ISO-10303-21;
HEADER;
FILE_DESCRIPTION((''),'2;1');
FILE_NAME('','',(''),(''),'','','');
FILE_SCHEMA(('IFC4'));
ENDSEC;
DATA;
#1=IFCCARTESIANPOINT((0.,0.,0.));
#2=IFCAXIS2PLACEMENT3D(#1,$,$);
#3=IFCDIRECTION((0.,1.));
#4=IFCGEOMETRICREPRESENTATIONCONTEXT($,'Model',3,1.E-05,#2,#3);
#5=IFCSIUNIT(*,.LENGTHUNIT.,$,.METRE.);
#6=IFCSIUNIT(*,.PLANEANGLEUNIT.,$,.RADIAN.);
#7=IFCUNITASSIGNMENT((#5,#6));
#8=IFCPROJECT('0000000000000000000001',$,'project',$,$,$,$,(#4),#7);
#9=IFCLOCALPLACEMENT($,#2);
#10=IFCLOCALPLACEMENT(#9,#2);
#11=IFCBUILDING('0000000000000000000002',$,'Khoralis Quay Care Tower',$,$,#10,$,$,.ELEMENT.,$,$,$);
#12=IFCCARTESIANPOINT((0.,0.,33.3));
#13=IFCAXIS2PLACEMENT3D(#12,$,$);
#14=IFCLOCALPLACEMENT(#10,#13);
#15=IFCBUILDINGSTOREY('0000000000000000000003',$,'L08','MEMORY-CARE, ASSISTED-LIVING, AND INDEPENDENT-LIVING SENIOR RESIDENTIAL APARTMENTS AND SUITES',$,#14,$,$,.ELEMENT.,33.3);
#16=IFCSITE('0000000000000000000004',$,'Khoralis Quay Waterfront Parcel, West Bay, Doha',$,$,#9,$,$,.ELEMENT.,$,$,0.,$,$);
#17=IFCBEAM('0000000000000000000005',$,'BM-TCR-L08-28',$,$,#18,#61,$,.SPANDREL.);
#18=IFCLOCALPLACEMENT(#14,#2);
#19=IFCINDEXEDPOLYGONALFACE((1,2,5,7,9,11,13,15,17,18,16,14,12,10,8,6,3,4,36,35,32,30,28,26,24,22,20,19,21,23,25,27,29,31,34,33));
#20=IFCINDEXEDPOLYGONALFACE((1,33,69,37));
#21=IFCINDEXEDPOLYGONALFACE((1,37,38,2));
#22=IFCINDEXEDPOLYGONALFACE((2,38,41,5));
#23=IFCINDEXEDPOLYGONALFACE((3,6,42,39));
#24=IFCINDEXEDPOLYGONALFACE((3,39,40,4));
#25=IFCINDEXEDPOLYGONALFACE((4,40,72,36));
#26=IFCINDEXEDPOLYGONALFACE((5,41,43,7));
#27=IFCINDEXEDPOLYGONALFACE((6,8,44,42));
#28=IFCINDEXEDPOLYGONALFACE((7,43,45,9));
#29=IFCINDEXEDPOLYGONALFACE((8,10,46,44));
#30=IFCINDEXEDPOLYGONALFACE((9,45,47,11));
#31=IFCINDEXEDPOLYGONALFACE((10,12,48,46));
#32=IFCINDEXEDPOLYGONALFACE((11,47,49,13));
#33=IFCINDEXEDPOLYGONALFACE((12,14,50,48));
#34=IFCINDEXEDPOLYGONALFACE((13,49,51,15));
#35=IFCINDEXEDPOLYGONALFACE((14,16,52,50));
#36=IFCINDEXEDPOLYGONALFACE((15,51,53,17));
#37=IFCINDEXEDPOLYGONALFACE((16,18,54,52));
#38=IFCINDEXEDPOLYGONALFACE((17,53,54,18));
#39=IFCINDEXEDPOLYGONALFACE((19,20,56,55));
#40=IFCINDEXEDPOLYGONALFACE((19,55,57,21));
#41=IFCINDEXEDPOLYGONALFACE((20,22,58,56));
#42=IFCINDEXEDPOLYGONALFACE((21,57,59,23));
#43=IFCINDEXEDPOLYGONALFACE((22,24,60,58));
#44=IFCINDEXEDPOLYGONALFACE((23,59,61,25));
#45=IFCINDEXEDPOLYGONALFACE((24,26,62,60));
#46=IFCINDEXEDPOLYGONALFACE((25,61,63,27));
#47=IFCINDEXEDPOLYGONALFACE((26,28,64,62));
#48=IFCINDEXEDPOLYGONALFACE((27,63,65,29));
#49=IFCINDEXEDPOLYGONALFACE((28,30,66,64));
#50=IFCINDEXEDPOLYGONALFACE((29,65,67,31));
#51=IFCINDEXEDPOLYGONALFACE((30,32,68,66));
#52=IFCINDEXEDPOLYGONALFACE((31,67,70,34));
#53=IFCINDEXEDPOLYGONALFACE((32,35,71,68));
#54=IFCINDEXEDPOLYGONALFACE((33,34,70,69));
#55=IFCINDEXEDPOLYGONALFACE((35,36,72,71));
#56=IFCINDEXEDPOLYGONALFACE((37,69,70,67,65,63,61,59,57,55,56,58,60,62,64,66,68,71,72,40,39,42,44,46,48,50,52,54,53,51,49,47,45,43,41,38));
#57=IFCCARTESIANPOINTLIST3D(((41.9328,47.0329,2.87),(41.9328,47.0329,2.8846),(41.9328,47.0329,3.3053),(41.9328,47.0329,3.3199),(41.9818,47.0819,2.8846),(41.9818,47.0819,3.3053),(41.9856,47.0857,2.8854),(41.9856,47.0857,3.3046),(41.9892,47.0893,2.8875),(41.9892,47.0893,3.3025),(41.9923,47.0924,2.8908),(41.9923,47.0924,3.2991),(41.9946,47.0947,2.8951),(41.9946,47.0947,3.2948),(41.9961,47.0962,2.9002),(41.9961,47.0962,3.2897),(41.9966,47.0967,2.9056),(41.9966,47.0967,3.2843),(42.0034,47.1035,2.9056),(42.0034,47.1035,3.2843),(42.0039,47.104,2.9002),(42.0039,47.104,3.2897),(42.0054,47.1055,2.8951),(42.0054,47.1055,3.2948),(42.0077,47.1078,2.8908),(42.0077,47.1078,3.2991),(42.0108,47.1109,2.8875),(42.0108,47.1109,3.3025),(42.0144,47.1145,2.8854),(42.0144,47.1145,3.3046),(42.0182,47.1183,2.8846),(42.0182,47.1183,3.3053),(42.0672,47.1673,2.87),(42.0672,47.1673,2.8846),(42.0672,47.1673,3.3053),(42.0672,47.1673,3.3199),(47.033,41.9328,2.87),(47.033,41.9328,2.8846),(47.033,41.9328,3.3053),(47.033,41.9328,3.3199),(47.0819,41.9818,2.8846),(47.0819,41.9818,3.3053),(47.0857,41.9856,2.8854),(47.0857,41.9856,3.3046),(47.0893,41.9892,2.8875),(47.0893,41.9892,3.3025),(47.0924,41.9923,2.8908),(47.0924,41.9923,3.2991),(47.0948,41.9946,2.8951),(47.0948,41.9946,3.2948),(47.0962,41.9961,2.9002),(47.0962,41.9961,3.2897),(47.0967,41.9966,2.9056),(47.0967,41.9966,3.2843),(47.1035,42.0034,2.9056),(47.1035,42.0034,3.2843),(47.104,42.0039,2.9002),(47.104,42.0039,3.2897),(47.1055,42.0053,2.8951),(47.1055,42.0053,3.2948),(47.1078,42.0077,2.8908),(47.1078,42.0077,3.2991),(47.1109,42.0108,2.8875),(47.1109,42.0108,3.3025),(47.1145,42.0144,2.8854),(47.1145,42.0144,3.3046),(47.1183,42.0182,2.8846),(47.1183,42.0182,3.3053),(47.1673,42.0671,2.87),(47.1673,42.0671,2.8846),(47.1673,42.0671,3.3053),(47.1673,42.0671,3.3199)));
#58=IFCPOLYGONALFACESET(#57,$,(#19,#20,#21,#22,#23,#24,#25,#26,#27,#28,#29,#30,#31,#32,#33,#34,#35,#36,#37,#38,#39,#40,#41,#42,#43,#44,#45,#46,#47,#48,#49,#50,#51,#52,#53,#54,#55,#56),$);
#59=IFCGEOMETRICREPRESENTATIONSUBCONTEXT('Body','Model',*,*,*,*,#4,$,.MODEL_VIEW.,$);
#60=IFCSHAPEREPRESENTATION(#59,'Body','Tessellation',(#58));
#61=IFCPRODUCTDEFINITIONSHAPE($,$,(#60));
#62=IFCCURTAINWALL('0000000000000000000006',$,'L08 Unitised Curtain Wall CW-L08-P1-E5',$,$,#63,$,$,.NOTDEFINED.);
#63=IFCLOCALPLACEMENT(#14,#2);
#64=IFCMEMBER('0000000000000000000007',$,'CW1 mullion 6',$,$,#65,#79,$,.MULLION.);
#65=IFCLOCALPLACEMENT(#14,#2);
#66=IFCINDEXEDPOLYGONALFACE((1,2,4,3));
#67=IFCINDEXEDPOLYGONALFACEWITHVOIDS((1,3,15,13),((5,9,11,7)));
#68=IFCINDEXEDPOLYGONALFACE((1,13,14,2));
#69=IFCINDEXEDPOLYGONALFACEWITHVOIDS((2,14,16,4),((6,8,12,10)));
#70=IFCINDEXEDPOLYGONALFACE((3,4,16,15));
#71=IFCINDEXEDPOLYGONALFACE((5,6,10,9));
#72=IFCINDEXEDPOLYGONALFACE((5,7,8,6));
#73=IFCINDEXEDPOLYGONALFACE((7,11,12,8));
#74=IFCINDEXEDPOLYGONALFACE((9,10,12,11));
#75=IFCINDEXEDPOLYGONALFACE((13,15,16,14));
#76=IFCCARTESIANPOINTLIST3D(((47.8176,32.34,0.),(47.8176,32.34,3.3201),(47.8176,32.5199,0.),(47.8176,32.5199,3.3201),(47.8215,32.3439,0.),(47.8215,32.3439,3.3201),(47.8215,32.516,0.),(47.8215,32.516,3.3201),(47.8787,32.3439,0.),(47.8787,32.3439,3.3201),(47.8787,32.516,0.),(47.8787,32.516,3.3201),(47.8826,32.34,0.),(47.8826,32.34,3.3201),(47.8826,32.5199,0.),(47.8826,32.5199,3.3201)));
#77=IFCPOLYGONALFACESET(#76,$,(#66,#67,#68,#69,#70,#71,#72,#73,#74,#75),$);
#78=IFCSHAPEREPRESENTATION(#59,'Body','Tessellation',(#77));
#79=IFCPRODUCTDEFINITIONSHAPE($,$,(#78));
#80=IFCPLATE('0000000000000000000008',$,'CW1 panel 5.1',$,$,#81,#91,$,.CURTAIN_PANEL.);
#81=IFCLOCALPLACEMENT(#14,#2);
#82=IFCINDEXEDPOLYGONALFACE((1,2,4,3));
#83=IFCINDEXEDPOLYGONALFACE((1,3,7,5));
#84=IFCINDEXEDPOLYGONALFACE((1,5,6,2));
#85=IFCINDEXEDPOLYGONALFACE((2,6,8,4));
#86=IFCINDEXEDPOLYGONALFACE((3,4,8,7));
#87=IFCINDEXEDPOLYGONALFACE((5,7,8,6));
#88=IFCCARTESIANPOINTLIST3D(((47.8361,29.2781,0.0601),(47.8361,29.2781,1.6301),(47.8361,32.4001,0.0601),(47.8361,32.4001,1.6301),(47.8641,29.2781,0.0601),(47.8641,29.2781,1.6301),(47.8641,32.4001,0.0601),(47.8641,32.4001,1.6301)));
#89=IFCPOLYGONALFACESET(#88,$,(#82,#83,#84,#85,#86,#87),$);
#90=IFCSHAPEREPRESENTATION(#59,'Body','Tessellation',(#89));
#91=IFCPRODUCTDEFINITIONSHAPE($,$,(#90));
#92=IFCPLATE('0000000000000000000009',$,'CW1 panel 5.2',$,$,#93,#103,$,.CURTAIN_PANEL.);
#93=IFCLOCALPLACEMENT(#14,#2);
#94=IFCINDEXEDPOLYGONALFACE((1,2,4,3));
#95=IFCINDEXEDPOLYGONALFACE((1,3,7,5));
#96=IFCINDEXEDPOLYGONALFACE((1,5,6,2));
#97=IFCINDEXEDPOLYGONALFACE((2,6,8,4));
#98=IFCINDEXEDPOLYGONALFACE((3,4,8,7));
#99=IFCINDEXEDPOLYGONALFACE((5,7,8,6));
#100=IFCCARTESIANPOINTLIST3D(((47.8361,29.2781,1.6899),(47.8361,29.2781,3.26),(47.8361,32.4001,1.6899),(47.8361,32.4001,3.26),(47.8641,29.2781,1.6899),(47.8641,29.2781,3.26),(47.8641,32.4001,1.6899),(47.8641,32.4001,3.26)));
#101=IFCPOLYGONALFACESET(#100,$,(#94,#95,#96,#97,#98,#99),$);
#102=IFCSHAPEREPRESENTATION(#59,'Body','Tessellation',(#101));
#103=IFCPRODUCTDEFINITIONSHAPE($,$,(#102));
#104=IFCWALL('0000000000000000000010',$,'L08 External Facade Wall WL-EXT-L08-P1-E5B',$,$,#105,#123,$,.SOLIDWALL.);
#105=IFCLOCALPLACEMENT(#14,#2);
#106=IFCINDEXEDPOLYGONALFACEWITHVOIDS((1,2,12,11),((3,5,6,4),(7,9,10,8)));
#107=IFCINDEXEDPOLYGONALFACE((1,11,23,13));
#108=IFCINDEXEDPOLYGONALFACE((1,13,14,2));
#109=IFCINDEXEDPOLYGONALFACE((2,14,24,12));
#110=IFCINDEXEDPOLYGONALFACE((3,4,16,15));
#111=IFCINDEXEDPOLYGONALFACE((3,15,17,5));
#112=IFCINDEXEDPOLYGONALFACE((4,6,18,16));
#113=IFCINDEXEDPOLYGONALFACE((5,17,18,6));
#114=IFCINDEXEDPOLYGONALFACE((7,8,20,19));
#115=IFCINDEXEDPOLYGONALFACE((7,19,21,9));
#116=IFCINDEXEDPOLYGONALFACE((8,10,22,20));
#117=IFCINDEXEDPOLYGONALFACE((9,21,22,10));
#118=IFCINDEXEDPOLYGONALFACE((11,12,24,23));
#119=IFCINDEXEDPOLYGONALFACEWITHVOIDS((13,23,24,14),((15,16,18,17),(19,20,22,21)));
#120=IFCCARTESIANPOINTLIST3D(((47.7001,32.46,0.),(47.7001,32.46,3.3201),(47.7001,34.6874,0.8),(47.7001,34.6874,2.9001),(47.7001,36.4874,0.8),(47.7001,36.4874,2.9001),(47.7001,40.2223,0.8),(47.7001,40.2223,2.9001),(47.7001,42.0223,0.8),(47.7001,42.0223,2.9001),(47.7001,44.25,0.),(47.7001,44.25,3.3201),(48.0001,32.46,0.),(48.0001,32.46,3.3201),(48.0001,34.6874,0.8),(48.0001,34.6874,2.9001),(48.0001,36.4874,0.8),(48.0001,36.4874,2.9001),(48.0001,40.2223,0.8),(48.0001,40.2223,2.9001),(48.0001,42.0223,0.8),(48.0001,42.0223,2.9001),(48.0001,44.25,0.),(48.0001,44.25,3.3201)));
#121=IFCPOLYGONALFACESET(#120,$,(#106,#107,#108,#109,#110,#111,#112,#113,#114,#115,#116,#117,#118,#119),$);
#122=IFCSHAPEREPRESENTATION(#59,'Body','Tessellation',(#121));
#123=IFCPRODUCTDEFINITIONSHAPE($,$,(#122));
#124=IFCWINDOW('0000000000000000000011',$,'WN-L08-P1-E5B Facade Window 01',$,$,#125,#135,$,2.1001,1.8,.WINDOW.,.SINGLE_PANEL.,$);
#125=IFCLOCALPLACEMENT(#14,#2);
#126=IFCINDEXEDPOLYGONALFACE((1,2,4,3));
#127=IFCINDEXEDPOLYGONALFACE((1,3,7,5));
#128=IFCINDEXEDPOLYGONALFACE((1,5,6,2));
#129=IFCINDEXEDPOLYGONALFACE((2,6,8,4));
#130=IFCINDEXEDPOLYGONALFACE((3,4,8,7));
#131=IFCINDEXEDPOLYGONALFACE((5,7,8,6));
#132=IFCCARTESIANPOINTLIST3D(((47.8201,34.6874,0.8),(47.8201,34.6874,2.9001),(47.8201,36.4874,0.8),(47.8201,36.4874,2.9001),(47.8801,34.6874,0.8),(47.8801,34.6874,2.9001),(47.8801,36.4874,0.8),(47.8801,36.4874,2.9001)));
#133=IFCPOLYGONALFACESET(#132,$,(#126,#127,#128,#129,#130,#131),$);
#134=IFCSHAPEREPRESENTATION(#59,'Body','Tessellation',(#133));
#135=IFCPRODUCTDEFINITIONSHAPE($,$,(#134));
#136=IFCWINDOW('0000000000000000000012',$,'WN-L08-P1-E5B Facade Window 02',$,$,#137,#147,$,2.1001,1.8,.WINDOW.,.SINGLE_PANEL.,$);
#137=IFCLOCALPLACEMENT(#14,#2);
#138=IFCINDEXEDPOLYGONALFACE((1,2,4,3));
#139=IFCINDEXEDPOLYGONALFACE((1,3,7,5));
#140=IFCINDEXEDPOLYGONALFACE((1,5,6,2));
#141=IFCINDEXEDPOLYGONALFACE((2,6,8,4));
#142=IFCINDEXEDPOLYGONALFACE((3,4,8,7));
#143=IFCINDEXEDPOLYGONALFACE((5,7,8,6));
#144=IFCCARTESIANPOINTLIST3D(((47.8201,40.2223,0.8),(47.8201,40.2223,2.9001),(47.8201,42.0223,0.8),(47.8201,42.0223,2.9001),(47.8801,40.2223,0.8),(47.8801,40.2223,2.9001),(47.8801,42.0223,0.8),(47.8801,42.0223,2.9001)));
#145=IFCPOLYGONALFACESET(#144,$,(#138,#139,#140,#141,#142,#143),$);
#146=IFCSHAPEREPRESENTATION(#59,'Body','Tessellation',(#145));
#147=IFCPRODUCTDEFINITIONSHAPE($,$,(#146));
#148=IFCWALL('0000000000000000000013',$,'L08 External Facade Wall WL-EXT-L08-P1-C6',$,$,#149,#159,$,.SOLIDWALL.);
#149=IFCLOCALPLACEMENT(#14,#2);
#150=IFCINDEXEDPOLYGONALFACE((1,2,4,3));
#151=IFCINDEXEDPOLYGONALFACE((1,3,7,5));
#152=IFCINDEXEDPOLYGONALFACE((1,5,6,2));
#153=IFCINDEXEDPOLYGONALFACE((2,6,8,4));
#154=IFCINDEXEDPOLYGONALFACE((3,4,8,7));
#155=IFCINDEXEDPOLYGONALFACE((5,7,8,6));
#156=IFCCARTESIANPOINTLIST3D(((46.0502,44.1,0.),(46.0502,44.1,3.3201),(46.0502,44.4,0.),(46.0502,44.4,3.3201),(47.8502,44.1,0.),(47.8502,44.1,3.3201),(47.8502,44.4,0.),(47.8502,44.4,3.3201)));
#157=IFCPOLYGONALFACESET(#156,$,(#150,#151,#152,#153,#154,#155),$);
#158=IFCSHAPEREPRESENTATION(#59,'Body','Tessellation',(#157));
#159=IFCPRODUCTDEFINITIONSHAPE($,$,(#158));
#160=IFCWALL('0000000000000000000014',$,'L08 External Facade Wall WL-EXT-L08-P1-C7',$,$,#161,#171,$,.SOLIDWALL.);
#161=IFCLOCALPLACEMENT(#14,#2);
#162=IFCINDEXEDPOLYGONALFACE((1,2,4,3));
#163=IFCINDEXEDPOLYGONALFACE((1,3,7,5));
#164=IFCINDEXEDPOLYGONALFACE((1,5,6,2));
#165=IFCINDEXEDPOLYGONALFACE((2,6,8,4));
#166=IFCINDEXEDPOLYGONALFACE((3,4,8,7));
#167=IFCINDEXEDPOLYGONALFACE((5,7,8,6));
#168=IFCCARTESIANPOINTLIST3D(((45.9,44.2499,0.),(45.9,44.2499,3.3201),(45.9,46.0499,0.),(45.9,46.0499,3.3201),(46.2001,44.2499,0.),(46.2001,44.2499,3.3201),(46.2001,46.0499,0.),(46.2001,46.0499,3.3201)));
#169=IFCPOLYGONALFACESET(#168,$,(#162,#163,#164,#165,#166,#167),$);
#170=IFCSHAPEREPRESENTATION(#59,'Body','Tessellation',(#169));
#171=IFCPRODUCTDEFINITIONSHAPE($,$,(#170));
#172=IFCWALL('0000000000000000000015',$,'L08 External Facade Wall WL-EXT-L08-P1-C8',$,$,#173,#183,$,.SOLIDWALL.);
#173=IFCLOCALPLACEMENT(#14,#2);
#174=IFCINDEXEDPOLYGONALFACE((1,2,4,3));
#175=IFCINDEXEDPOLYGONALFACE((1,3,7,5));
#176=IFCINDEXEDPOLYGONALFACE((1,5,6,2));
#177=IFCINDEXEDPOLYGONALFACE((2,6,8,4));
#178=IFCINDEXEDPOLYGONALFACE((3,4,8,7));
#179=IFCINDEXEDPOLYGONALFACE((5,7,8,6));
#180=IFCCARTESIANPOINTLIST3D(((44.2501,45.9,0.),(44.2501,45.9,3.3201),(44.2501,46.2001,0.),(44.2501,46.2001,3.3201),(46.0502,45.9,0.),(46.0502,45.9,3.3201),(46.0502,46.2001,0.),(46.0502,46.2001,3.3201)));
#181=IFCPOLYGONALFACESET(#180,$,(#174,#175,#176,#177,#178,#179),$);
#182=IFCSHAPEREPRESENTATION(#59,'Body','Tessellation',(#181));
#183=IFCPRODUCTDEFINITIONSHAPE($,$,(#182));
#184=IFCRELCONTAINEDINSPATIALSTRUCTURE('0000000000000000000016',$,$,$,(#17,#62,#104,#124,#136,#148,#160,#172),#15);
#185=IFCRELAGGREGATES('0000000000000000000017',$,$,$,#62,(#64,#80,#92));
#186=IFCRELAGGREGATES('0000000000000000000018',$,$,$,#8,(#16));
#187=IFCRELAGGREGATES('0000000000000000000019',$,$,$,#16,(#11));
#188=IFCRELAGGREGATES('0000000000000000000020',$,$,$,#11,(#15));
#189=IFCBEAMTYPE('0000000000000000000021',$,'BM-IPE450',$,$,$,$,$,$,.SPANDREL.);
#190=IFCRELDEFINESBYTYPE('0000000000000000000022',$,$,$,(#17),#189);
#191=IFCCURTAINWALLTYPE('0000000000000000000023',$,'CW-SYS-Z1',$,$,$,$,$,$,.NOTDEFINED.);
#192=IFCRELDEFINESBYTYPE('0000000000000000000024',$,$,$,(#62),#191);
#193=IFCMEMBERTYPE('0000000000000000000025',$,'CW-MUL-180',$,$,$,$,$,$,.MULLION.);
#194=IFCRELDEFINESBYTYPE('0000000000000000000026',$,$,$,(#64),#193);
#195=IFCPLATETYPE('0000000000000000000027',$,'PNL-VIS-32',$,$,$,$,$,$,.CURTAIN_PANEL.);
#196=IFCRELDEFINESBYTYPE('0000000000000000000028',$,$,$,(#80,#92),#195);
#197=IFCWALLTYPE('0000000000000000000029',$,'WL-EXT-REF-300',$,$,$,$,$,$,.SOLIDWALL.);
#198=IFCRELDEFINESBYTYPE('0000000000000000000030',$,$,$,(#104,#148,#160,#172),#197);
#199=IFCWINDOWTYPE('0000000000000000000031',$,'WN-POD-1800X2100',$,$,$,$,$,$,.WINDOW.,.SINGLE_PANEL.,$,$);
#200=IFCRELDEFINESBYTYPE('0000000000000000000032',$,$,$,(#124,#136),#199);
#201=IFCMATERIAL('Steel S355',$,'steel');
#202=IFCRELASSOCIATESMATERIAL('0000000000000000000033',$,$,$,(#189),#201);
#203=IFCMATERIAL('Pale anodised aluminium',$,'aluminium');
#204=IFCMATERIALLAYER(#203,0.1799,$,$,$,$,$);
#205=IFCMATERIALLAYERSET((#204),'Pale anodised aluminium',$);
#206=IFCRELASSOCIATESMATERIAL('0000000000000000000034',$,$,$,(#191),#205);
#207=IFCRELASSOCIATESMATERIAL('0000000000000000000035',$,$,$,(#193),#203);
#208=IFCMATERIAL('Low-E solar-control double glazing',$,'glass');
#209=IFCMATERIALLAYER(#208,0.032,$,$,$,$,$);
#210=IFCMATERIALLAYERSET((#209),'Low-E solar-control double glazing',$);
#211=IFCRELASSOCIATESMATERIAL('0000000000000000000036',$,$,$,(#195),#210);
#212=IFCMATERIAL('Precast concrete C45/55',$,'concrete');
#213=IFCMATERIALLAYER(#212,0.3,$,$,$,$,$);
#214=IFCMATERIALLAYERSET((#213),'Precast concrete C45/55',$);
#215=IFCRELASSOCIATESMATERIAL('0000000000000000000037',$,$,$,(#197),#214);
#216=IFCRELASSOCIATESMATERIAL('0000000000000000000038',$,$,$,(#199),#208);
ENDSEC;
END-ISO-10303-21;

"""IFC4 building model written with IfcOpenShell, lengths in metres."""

from ifc_helpers import new_model, si_unit, direction, frame, frame_2d, origin, origin_2d, place, context, subcontext, project, spatial, rectangle, hollow_rectangle, i_section, extrude, source, transform, mapped, material, layer, layer_set, material_profile, profile_set, type_object, element, fill, aggregate, save


model = new_model("IFC4")

# Units and contexts
model_context = context("Model", 3, precision=1e-05, world=origin(), true_north=direction((0.0, 1.0)))
body_context = subcontext(model_context, "Body", "Model", "MODEL_VIEW")
ifc_project = project(units=[si_unit("LENGTHUNIT", "METRE"), si_unit("PLANEANGLEUNIT", "RADIAN")], contexts=[model_context])

# Site, building, storey
site_placement = place(None, origin())
site = spatial("IfcSite", under=ifc_project, at=site_placement, Name="Khoralis Quay Waterfront Parcel, West Bay, Doha", CompositionType="ELEMENT", RefElevation=0.0)
building_placement = place(site_placement, origin())
building = spatial("IfcBuilding", under=site, at=building_placement, Name="Khoralis Quay Care Tower", CompositionType="ELEMENT")
storey_placement = place(building_placement, frame((0.0, 0.0, 33.3)))
storey = spatial("IfcBuildingStorey", under=building, at=storey_placement, Name="L08", Description="MEMORY-CARE, ASSISTED-LIVING, AND INDEPENDENT-LIVING SENIOR RESIDENTIAL APARTMENTS AND SUITES", CompositionType="ELEMENT", Elevation=33.3)

# Beam
ifc_material_1 = material(Name="Steel S355", Category="steel")
ifc_material_profile_1 = material_profile(ifc_material_1, i_section(OverallWidth=0.1899, OverallDepth=0.45, WebThickness=0.0095, FlangeThickness=0.0146, FilletRadius=0.021, at=origin_2d()), Name="Steel S355")
ifc_profile_set_1 = profile_set([ifc_material_profile_1], Name="Steel S355")
beam_type = type_object("IfcBeamType", Name="BM-IPE450", PredefinedType="SPANDREL", material=ifc_profile_set_1)
shared_shape_1 = source(origin(), body_context, "Body", "SweptSolid", [
    extrude(i_section(OverallWidth=0.1899, OverallDepth=0.45, WebThickness=0.0095, FlangeThickness=0.0146, FilletRadius=0.021, at=origin_2d()), origin(), (0.0, 0.0, 1.0), 7.2126),
])
beam_placement = place(storey_placement, frame((42.0, 47.1001, 3.095), z_axis=(0.707107, -0.707107, 0.0), x_axis=(0.707107, 0.707107, 0.0)))
element("IfcBeam", 1, at=beam_placement, inside=storey, type_object=beam_type, Name="BM-TCR-L08-28", PredefinedType="SPANDREL", context=body_context, shape_type="MappedRepresentation", body=[
    mapped(shared_shape_1, transform((0.0, 0.0, 0.0), scale=1.0)),
])

# Curtain wall, member, plates
ifc_material_2 = material(Name="Pale anodised aluminium", Category="aluminium")
ifc_layer_1 = layer(ifc_material_2, 0.1799)
ifc_layer_set_1 = layer_set([ifc_layer_1], Name="Pale anodised aluminium")
curtain_wall_type = type_object("IfcCurtainWallType", Name="CW-SYS-Z1", PredefinedType="NOTDEFINED", material=ifc_layer_set_1)
curtain_wall_placement = place(storey_placement, origin())
curtain_wall = element("IfcCurtainWall", 2, at=curtain_wall_placement, inside=storey, type_object=curtain_wall_type, Name="L08 Unitised Curtain Wall CW-L08-P1-E5", PredefinedType="NOTDEFINED")
ifc_material_profile_2 = material_profile(ifc_material_2, hollow_rectangle(XDim=0.0649, YDim=0.1799, WallThickness=0.0039, at=origin_2d()), Name="Pale anodised aluminium")
ifc_profile_set_2 = profile_set([ifc_material_profile_2], Name="Pale anodised aluminium")
member_type = type_object("IfcMemberType", Name="CW-MUL-180", PredefinedType="MULLION", material=ifc_profile_set_2)
shared_shape_2 = source(origin(), body_context, "Body", "SweptSolid", [
    extrude(hollow_rectangle(XDim=0.0649, YDim=0.1799, WallThickness=0.0039, at=origin_2d()), origin(), (0.0, 0.0, 1.0), 3.3201),
])
member_placement = place(storey_placement, frame((47.8501, 32.4299, 0.0), z_axis=(0.0, 0.0, 1.0), x_axis=(-1.0, 0.0, 0.0)))
member = element("IfcMember", 3, at=member_placement, type_object=member_type, Name="CW1 mullion 6", PredefinedType="MULLION", context=body_context, shape_type="MappedRepresentation", body=[
    mapped(shared_shape_2, transform((0.0, 0.0, 0.0), scale=1.0)),
])
ifc_material_3 = material(Name="Low-E solar-control double glazing", Category="glass")
ifc_layer_2 = layer(ifc_material_3, 0.032)
ifc_layer_set_2 = layer_set([ifc_layer_2], Name="Low-E solar-control double glazing")
plate_type = type_object("IfcPlateType", Name="PNL-VIS-32", PredefinedType="CURTAIN_PANEL", material=ifc_layer_set_2)
shared_shape_3 = source(origin(), body_context, "Body", "SweptSolid", [
    extrude(rectangle(XDim=3.1221, YDim=0.0281, at=origin_2d()), origin(), (0.0, 0.0, 1.0), 1.5701),
])
plate_1_placement = place(storey_placement, frame((47.8501, 30.8391, 0.0601), z_axis=(0.0, 0.0, 1.0), x_axis=(0.0, 1.0, 0.0)))
plate_1 = element("IfcPlate", 4, at=plate_1_placement, type_object=plate_type, Name="CW1 panel 5.1", PredefinedType="CURTAIN_PANEL", context=body_context, shape_type="MappedRepresentation", body=[
    mapped(shared_shape_3, transform((0.0, 0.0, 0.0), scale=1.0)),
])
plate_2_placement = place(storey_placement, frame((47.8501, 30.8391, 1.6899), z_axis=(0.0, 0.0, 1.0), x_axis=(0.0, 1.0, 0.0)))
plate_2 = element("IfcPlate", 5, at=plate_2_placement, type_object=plate_type, Name="CW1 panel 5.2", PredefinedType="CURTAIN_PANEL", context=body_context, shape_type="MappedRepresentation", body=[
    mapped(shared_shape_3, transform((0.0, 0.0, 0.0), scale=1.0)),
])
aggregate(curtain_wall, [member, plate_1, plate_2])

# Wall, openings, windows
ifc_material_4 = material(Name="Precast concrete C45/55", Category="concrete")
ifc_layer_3 = layer(ifc_material_4, 0.3)
ifc_layer_set_3 = layer_set([ifc_layer_3], Name="Precast concrete C45/55")
wall_type_1 = type_object("IfcWallType", Name="WL-EXT-REF-300", PredefinedType="SOLIDWALL", material=ifc_layer_set_3)
wall_1_placement = place(storey_placement, frame((47.8501, 32.46, 0.0), z_axis=(0.0, 0.0, 1.0), x_axis=(0.0, 1.0, 0.0)))
wall_1 = element("IfcWall", 6, at=wall_1_placement, inside=storey, type_object=wall_type_1, Name="L08 External Facade Wall WL-EXT-L08-P1-E5B", PredefinedType="SOLIDWALL", context=body_context, shape_type="SweptSolid", body=[
    extrude(rectangle(XDim=11.79, YDim=0.3, at=frame_2d((5.895, 0.0))), origin(), (0.0, 0.0, 1.0), 3.3201),
])
opening_1_placement = place(wall_1_placement, frame((2.2275, 0.0, 0.8)))
opening_1 = element("IfcOpeningElement", 7, at=opening_1_placement, cuts=wall_1, PredefinedType="OPENING", context=body_context, shape_type="SweptSolid", body=[
    extrude(rectangle(XDim=1.8, YDim=2.1001, at=frame_2d((0.8999, 1.05))), frame((0.0, 0.1602, 0.0), z_axis=(0.0, -1.0, 0.0), x_axis=(1.0, 0.0, 0.0)), (0.0, 0.0, 1.0), 0.3201),
])
opening_2_placement = place(wall_1_placement, frame((7.7625, 0.0, 0.8)))
opening_2 = element("IfcOpeningElement", 8, at=opening_2_placement, cuts=wall_1, PredefinedType="OPENING", context=body_context, shape_type="SweptSolid", body=[
    extrude(rectangle(XDim=1.8, YDim=2.1001, at=frame_2d((0.8999, 1.05))), frame((0.0, 0.1602, 0.0), z_axis=(0.0, -1.0, 0.0), x_axis=(1.0, 0.0, 0.0)), (0.0, 0.0, 1.0), 0.3201),
])
window_type = type_object("IfcWindowType", Name="WN-POD-1800X2100", PartitioningType="SINGLE_PANEL", PredefinedType="WINDOW", material=ifc_material_3)
shared_shape_4 = source(origin(), body_context, "Body", "SweptSolid", [
    extrude(rectangle(XDim=1.8, YDim=2.1001, at=frame_2d((0.8999, 1.05))), frame((0.0, 0.03, 0.0), z_axis=(0.0, -1.0, 0.0), x_axis=(1.0, 0.0, 0.0)), (0.0, 0.0, 1.0), 0.0601),
])
window_1_placement = place(opening_1_placement, origin())
window_1 = element("IfcWindow", 9, at=window_1_placement, inside=storey, type_object=window_type, Name="WN-L08-P1-E5B Facade Window 01", OverallHeight=2.1001, OverallWidth=1.8, PartitioningType="SINGLE_PANEL", PredefinedType="WINDOW", context=body_context, shape_type="MappedRepresentation", body=[
    mapped(shared_shape_4, transform((0.0, 0.0, 0.0), scale=1.0)),
])
fill(opening_1, window_1)
window_2_placement = place(opening_2_placement, origin())
window_2 = element("IfcWindow", 10, at=window_2_placement, inside=storey, type_object=window_type, Name="WN-L08-P1-E5B Facade Window 02", OverallHeight=2.1001, OverallWidth=1.8, PartitioningType="SINGLE_PANEL", PredefinedType="WINDOW", context=body_context, shape_type="MappedRepresentation", body=[
    mapped(shared_shape_4, transform((0.0, 0.0, 0.0), scale=1.0)),
])
fill(opening_2, window_2)

# Walls
for number, where, z_axis, x_axis, name in (
    (11, (47.8501, 44.25, 0.0), (0.0, 0.0, 1.0), (-1.0, 0.0, 0.0), "L08 External Facade Wall WL-EXT-L08-P1-C6"),
    (12, (46.05, 44.25, 0.0), (0.0, 0.0, 1.0), (0.0, 1.0, 0.0), "L08 External Facade Wall WL-EXT-L08-P1-C7"),
    (13, (46.05, 46.05, 0.0), (0.0, 0.0, 1.0), (-1.0, 0.0, 0.0), "L08 External Facade Wall WL-EXT-L08-P1-C8"),
):
    element("IfcWall", number, at=place(storey_placement, frame(where, z_axis=z_axis, x_axis=x_axis)), inside=storey, type_object=wall_type_1, Name=name, PredefinedType="SOLIDWALL", context=body_context, shape_type="SweptSolid", body=[
        extrude(rectangle(XDim=1.8, YDim=0.3, at=frame_2d((0.8999, 0.0))), origin(), (0.0, 0.0, 1.0), 3.3201),
    ])

save(model, "model.ifc")
